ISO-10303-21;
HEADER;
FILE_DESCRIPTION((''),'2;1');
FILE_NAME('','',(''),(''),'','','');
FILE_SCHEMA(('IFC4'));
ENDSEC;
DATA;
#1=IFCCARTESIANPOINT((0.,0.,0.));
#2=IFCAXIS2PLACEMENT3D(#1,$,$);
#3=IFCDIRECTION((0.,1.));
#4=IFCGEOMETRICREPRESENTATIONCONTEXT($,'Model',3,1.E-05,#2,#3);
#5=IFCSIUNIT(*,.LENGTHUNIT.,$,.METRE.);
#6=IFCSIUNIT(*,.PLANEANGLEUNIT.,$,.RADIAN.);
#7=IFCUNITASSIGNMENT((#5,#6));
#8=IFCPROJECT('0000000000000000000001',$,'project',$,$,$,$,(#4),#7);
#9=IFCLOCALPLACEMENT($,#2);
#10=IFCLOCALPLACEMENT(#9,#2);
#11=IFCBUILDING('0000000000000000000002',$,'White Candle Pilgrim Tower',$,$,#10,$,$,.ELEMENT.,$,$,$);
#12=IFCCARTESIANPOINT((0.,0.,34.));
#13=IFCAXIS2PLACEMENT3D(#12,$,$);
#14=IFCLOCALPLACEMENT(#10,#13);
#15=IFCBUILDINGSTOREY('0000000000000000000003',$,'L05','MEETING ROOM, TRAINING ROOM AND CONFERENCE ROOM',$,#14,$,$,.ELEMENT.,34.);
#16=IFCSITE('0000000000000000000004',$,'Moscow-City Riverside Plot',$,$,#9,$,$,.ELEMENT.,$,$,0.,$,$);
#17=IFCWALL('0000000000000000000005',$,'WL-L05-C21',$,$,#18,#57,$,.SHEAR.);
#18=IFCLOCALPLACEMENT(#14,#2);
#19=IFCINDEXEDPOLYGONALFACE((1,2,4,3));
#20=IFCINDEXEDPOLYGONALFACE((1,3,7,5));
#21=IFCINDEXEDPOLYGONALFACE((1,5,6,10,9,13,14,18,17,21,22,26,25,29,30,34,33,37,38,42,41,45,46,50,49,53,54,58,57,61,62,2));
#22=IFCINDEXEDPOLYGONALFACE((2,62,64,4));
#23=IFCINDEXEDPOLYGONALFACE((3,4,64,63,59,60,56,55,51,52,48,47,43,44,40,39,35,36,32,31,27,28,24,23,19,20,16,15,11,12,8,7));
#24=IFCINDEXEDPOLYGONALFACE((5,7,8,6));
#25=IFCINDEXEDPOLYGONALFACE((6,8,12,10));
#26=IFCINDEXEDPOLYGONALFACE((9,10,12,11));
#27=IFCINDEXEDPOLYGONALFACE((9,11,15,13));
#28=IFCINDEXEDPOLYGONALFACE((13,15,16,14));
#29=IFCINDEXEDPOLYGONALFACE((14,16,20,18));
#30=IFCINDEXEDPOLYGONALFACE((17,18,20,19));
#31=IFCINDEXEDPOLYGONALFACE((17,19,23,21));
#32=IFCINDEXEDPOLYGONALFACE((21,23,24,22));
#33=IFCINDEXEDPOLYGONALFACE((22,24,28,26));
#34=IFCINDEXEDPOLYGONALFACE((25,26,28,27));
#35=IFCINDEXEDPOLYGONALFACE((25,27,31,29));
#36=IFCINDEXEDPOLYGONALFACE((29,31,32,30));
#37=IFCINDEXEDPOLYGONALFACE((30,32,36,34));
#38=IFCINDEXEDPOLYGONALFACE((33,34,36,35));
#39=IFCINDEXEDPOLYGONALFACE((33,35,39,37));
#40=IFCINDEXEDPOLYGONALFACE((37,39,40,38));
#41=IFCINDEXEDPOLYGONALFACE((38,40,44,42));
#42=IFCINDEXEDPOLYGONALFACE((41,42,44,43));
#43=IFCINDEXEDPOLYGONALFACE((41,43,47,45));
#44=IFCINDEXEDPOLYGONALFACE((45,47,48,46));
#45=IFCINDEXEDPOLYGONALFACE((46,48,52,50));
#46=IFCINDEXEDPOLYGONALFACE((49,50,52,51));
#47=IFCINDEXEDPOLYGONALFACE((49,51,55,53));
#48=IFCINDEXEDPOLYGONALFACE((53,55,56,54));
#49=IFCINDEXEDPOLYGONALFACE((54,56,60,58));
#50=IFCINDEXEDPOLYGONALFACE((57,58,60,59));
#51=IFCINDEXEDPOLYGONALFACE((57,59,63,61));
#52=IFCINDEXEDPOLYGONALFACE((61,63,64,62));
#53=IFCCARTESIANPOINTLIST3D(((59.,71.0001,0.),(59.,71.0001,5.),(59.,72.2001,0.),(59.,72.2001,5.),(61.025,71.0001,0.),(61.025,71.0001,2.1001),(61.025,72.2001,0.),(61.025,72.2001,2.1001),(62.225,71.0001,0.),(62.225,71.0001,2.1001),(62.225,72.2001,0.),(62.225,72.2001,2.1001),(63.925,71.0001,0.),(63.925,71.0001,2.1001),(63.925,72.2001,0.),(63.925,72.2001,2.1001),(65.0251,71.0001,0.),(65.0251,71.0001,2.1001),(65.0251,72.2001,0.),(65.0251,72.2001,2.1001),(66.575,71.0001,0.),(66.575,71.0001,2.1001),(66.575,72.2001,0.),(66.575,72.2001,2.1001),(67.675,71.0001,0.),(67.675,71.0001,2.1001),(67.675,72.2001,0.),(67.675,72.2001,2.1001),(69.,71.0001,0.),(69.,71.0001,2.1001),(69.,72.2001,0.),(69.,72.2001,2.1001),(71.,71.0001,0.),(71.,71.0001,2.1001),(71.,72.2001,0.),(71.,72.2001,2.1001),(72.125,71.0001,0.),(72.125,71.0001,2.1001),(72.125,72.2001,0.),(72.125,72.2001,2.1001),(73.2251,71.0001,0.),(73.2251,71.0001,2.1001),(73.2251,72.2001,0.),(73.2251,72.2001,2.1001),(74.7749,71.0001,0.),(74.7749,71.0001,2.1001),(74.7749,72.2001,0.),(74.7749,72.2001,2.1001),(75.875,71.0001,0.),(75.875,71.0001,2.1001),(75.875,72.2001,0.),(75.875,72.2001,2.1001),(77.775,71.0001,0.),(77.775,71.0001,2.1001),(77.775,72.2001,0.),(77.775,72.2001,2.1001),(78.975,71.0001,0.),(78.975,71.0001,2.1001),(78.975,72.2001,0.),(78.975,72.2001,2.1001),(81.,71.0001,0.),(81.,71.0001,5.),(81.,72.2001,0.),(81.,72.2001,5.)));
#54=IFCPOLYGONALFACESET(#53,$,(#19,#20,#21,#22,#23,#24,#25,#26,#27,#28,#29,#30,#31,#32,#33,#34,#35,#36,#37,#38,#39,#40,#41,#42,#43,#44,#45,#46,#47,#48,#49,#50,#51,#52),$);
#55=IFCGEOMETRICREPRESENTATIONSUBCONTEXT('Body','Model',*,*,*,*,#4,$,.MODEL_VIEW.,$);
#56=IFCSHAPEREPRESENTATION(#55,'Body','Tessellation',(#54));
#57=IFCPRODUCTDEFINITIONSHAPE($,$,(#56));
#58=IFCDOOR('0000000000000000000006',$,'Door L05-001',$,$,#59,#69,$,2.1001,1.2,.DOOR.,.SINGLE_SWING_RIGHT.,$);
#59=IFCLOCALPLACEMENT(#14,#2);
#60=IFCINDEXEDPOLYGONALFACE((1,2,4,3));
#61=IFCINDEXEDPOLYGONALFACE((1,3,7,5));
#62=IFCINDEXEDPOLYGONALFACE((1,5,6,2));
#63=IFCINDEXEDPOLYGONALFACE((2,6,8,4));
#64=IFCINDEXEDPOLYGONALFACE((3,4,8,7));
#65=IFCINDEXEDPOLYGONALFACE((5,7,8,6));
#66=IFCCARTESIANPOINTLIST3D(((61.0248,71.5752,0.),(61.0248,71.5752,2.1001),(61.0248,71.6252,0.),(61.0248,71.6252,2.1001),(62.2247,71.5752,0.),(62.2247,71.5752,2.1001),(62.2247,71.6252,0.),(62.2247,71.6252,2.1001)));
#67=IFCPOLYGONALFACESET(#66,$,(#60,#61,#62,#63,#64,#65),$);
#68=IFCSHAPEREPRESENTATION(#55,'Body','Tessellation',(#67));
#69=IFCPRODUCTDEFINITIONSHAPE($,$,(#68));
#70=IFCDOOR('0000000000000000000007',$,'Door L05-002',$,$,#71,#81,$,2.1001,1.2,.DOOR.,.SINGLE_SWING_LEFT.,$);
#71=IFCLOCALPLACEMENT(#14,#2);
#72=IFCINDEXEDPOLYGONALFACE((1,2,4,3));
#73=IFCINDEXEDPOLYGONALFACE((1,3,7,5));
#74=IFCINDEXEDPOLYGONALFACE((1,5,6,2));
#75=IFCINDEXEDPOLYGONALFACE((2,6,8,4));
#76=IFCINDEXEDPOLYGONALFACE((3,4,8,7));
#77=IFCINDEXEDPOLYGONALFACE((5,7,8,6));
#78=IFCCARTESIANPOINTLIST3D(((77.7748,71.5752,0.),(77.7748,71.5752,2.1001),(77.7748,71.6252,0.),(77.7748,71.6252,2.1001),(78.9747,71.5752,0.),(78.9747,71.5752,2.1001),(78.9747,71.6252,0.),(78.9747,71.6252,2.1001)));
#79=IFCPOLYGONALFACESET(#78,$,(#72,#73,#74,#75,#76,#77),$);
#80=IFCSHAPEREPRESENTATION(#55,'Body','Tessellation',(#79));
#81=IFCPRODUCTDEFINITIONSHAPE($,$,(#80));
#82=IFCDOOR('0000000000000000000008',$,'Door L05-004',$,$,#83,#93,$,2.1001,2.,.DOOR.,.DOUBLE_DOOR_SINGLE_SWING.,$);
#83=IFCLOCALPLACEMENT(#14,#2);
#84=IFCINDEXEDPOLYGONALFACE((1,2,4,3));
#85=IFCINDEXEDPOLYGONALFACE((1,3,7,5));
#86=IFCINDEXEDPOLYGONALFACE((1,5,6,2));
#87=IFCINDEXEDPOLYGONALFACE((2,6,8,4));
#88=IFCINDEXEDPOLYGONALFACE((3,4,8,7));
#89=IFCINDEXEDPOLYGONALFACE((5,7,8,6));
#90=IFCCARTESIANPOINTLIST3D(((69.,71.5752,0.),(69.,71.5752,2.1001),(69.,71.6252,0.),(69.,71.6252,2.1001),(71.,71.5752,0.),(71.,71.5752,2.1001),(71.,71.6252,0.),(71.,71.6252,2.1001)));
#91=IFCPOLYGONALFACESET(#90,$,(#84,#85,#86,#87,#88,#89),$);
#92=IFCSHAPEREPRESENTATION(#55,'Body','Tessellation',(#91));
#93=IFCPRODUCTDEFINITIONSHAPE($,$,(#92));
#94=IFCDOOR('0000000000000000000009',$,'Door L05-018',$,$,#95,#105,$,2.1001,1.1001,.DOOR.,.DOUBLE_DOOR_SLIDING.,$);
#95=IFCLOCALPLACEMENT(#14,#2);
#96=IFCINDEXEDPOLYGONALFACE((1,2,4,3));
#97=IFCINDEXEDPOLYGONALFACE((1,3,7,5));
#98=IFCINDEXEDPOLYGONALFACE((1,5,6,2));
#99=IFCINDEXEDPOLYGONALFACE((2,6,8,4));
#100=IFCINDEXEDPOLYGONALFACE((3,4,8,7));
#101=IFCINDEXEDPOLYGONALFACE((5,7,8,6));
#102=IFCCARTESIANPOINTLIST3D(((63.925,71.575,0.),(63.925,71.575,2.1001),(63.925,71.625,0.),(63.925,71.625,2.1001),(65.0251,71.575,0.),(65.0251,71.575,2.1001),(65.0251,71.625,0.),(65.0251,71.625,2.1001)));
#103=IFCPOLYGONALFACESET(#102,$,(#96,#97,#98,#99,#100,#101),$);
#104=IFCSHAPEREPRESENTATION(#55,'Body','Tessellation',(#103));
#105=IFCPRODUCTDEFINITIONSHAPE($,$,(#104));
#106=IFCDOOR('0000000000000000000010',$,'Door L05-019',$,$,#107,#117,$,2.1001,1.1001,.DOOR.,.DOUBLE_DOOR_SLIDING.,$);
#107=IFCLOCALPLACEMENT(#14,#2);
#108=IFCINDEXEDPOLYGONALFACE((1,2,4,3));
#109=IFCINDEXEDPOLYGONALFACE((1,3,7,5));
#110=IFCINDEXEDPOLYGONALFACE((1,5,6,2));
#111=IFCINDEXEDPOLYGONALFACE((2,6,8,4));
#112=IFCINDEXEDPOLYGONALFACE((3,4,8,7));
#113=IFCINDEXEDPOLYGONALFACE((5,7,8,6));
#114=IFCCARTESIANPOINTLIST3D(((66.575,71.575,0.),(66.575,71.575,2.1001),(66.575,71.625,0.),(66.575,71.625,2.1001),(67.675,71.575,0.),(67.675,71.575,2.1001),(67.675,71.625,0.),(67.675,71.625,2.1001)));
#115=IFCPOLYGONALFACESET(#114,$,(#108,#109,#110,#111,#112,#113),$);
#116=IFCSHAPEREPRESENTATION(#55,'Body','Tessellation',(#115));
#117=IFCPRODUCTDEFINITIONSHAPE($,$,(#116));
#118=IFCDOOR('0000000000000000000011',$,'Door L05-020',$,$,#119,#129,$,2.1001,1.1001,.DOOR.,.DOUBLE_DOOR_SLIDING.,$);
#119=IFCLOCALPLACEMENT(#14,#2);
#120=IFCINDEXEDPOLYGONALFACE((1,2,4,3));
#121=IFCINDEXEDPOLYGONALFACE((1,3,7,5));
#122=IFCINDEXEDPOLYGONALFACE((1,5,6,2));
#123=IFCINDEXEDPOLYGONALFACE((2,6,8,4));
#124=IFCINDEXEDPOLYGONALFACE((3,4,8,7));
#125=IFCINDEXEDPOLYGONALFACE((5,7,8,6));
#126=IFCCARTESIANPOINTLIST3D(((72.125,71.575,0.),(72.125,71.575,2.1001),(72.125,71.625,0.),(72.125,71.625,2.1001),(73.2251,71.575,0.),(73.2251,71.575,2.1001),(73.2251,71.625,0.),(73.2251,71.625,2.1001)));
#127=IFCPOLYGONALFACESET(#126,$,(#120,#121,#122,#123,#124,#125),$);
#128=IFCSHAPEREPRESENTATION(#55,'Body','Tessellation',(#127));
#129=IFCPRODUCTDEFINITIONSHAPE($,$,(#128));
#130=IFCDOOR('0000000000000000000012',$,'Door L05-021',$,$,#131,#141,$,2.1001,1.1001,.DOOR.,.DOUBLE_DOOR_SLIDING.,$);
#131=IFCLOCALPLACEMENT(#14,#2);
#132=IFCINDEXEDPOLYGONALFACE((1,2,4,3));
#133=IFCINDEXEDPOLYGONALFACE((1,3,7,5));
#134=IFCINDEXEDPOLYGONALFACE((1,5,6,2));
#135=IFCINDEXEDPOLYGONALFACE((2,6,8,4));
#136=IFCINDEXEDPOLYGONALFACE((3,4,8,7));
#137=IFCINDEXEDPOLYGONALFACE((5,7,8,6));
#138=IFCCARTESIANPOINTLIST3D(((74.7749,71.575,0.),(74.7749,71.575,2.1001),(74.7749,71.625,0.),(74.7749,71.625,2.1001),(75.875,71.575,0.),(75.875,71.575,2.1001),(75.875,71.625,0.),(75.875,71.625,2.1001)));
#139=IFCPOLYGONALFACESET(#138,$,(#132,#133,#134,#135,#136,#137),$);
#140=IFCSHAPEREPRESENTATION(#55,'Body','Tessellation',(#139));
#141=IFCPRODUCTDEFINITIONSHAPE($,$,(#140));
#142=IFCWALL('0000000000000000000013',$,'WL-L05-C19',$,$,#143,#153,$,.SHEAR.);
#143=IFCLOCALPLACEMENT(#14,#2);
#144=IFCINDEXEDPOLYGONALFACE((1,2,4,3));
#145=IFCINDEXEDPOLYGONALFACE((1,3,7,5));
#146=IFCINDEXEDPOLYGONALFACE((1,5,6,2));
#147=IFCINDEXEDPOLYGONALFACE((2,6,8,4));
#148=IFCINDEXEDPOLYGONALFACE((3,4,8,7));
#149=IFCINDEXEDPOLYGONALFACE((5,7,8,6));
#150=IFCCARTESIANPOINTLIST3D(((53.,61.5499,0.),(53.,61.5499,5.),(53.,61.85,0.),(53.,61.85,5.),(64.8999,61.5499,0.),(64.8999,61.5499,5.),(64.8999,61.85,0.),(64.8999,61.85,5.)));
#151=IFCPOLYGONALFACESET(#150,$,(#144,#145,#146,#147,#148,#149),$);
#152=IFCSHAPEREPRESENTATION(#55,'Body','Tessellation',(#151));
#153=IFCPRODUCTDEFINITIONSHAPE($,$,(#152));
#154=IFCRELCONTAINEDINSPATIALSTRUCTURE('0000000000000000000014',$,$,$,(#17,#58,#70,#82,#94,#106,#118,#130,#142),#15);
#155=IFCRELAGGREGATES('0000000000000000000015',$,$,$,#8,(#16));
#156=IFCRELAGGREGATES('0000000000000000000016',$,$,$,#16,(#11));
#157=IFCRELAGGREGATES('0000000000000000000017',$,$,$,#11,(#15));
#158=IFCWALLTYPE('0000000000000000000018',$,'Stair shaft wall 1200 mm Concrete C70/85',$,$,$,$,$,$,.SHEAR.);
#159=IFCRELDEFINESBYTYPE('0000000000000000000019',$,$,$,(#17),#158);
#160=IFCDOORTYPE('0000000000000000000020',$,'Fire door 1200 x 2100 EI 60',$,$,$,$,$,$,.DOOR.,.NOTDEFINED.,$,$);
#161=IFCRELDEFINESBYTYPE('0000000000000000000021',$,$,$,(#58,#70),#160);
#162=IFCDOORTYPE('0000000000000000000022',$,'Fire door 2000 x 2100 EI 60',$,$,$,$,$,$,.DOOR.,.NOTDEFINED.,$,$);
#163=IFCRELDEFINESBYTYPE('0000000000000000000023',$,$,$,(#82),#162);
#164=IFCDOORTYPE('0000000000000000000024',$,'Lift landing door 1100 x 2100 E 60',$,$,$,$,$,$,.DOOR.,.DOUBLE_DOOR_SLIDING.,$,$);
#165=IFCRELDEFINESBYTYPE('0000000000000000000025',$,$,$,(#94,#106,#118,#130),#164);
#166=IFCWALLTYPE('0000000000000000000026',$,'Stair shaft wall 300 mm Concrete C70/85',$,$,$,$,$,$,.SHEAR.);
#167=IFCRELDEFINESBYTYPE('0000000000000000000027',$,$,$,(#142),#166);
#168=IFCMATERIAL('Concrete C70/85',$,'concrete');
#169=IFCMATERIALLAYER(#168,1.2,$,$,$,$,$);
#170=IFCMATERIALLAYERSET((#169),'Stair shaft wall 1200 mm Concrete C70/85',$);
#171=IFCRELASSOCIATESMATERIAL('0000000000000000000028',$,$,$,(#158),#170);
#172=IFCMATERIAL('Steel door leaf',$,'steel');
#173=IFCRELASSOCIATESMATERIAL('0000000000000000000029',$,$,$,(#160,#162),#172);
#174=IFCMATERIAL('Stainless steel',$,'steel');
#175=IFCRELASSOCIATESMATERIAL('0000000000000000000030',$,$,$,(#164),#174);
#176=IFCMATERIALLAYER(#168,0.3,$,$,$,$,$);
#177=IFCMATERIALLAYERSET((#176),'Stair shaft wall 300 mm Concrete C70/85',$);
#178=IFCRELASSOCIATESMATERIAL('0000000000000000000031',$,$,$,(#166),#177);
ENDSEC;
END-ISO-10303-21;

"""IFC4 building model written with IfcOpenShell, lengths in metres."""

from ifc_helpers import new_model, si_unit, direction, frame, frame_2d, origin, place, context, subcontext, project, spatial, rectangle, extrude, material, layer, layer_set, type_object, element, fill, save


model = new_model("IFC4")

# Units and contexts
model_context = context("Model", 3, precision=1e-05, world=origin(), true_north=direction((0.0, 1.0)))
body_context = subcontext(model_context, "Body", "Model", "MODEL_VIEW")
ifc_project = project(units=[si_unit("LENGTHUNIT", "METRE"), si_unit("PLANEANGLEUNIT", "RADIAN")], contexts=[model_context])

# Site, building, storey
site_placement = place(None, origin())
site = spatial("IfcSite", under=ifc_project, at=site_placement, Name="Moscow-City Riverside Plot", CompositionType="ELEMENT", RefElevation=0.0)
building_placement = place(site_placement, origin())
building = spatial("IfcBuilding", under=site, at=building_placement, Name="White Candle Pilgrim Tower", CompositionType="ELEMENT")
storey_placement = place(building_placement, frame((0.0, 0.0, 34.0)))
storey = spatial("IfcBuildingStorey", under=building, at=storey_placement, Name="L05", Description="MEETING ROOM, TRAINING ROOM AND CONFERENCE ROOM", CompositionType="ELEMENT", Elevation=34.0)

# Wall, openings, doors
ifc_material_1 = material(Name="Concrete C70/85", Category="concrete")
ifc_layer_1 = layer(ifc_material_1, 1.2)
ifc_layer_set_1 = layer_set([ifc_layer_1], Name="Stair shaft wall 1200 mm Concrete C70/85")
wall_type_1 = type_object("IfcWallType", Name="Stair shaft wall 1200 mm Concrete C70/85", PredefinedType="SHEAR", material=ifc_layer_set_1)
wall_1_placement = place(storey_placement, frame((59.0, 71.6001, 0.0), z_axis=(0.0, 0.0, 1.0), x_axis=(1.0, 0.0, 0.0)))
wall_1 = element("IfcWall", 1, at=wall_1_placement, inside=storey, type_object=wall_type_1, Name="WL-L05-C21", PredefinedType="SHEAR", context=body_context, shape_type="SweptSolid", body=[
    extrude(rectangle(XDim=22.0, YDim=1.2, at=frame_2d((11.0, 0.0))), origin(), (0.0, 0.0, 1.0), 5.0),
])
opening_1_placement = place(wall_1_placement, frame((2.0249, 0.0, 0.0)))
opening_1 = element("IfcOpeningElement", 2, at=opening_1_placement, cuts=wall_1, PredefinedType="OPENING", context=body_context, shape_type="SweptSolid", body=[
    extrude(rectangle(XDim=1.2, YDim=2.1001, at=frame_2d((0.6001, 1.05))), frame((0.0, 0.6099, 0.0), z_axis=(0.0, -1.0, 0.0), x_axis=(1.0, 0.0, 0.0)), (0.0, 0.0, 1.0), 1.22),
])
opening_2_placement = place(wall_1_placement, frame((18.7749, 0.0, 0.0)))
opening_2 = element("IfcOpeningElement", 3, at=opening_2_placement, cuts=wall_1, PredefinedType="OPENING", context=body_context, shape_type="SweptSolid", body=[
    extrude(rectangle(XDim=1.2, YDim=2.1001, at=frame_2d((0.6001, 1.05))), frame((0.0, 0.6099, 0.0), z_axis=(0.0, -1.0, 0.0), x_axis=(1.0, 0.0, 0.0)), (0.0, 0.0, 1.0), 1.22),
])
opening_3_placement = place(wall_1_placement, frame((10.0, 0.0, 0.0)))
opening_3 = element("IfcOpeningElement", 4, at=opening_3_placement, cuts=wall_1, PredefinedType="OPENING", context=body_context, shape_type="SweptSolid", body=[
    extrude(rectangle(XDim=2.0, YDim=2.1001, at=frame_2d((1.0, 1.05))), frame((0.0, 0.6099, 0.0), z_axis=(0.0, -1.0, 0.0), x_axis=(1.0, 0.0, 0.0)), (0.0, 0.0, 1.0), 1.22),
])
opening_4_placement = place(wall_1_placement, frame((4.925, 0.0, 0.0)))
opening_4 = element("IfcOpeningElement", 5, at=opening_4_placement, cuts=wall_1, PredefinedType="OPENING", context=body_context, shape_type="SweptSolid", body=[
    extrude(rectangle(XDim=1.1001, YDim=2.1001, at=frame_2d((0.55, 1.05))), frame((0.0, 0.6099, 0.0), z_axis=(0.0, -1.0, 0.0), x_axis=(1.0, 0.0, 0.0)), (0.0, 0.0, 1.0), 1.22),
])
opening_5_placement = place(wall_1_placement, frame((7.575, 0.0, 0.0)))
opening_5 = element("IfcOpeningElement", 6, at=opening_5_placement, cuts=wall_1, PredefinedType="OPENING", context=body_context, shape_type="SweptSolid", body=[
    extrude(rectangle(XDim=1.1001, YDim=2.1001, at=frame_2d((0.55, 1.05))), frame((0.0, 0.6099, 0.0), z_axis=(0.0, -1.0, 0.0), x_axis=(1.0, 0.0, 0.0)), (0.0, 0.0, 1.0), 1.22),
])
opening_6_placement = place(wall_1_placement, frame((13.125, 0.0, 0.0)))
opening_6 = element("IfcOpeningElement", 7, at=opening_6_placement, cuts=wall_1, PredefinedType="OPENING", context=body_context, shape_type="SweptSolid", body=[
    extrude(rectangle(XDim=1.1001, YDim=2.1001, at=frame_2d((0.55, 1.05))), frame((0.0, 0.6099, 0.0), z_axis=(0.0, -1.0, 0.0), x_axis=(1.0, 0.0, 0.0)), (0.0, 0.0, 1.0), 1.22),
])
opening_7_placement = place(wall_1_placement, frame((15.7749, 0.0, 0.0)))
opening_7 = element("IfcOpeningElement", 8, at=opening_7_placement, cuts=wall_1, PredefinedType="OPENING", context=body_context, shape_type="SweptSolid", body=[
    extrude(rectangle(XDim=1.1001, YDim=2.1001, at=frame_2d((0.55, 1.05))), frame((0.0, 0.6099, 0.0), z_axis=(0.0, -1.0, 0.0), x_axis=(1.0, 0.0, 0.0)), (0.0, 0.0, 1.0), 1.22),
])
ifc_material_2 = material(Name="Steel door leaf", Category="steel")
door_type_1 = type_object("IfcDoorType", Name="Fire door 1200 x 2100 EI 60", OperationType="NOTDEFINED", PredefinedType="DOOR", material=ifc_material_2)
door_1_placement = place(opening_1_placement, frame((1.2, 0.0, 0.0), z_axis=(0.0, 0.0, 1.0), x_axis=(-1.0, 0.0, 0.0)))
door_1 = element("IfcDoor", 9, at=door_1_placement, inside=storey, type_object=door_type_1, Name="Door L05-001", OperationType="SINGLE_SWING_RIGHT", OverallHeight=2.1001, OverallWidth=1.2, PredefinedType="DOOR", context=body_context, shape_type="SweptSolid", body=[
    extrude(rectangle(XDim=1.2, YDim=2.1001, at=frame_2d((0.6001, 1.05))), frame((0.0, 0.0249, 0.0), z_axis=(0.0, -1.0, 0.0), x_axis=(1.0, 0.0, 0.0)), (0.0, 0.0, 1.0), 0.05),
])
fill(opening_1, door_1)
door_2_placement = place(opening_2_placement, frame((1.2, 0.0, 0.0), z_axis=(0.0, 0.0, 1.0), x_axis=(-1.0, 0.0, 0.0)))
door_2 = element("IfcDoor", 10, at=door_2_placement, inside=storey, type_object=door_type_1, Name="Door L05-002", OperationType="SINGLE_SWING_LEFT", OverallHeight=2.1001, OverallWidth=1.2, PredefinedType="DOOR", context=body_context, shape_type="SweptSolid", body=[
    extrude(rectangle(XDim=1.2, YDim=2.1001, at=frame_2d((0.6001, 1.05))), frame((0.0, 0.0249, 0.0), z_axis=(0.0, -1.0, 0.0), x_axis=(1.0, 0.0, 0.0)), (0.0, 0.0, 1.0), 0.05),
])
fill(opening_2, door_2)
door_type_2 = type_object("IfcDoorType", Name="Fire door 2000 x 2100 EI 60", OperationType="NOTDEFINED", PredefinedType="DOOR", material=ifc_material_2)
door_3_placement = place(opening_3_placement, frame((2.0, 0.0, 0.0), z_axis=(0.0, 0.0, 1.0), x_axis=(-1.0, 0.0, 0.0)))
door_3 = element("IfcDoor", 11, at=door_3_placement, inside=storey, type_object=door_type_2, Name="Door L05-004", OperationType="DOUBLE_DOOR_SINGLE_SWING", OverallHeight=2.1001, OverallWidth=2.0, PredefinedType="DOOR", context=body_context, shape_type="SweptSolid", body=[
    extrude(rectangle(XDim=2.0, YDim=2.1001, at=frame_2d((1.0, 1.05))), frame((0.0, 0.0249, 0.0), z_axis=(0.0, -1.0, 0.0), x_axis=(1.0, 0.0, 0.0)), (0.0, 0.0, 1.0), 0.05),
])
fill(opening_3, door_3)
ifc_material_3 = material(Name="Stainless steel", Category="steel")
door_type_3 = type_object("IfcDoorType", Name="Lift landing door 1100 x 2100 E 60", OperationType="DOUBLE_DOOR_SLIDING", PredefinedType="DOOR", material=ifc_material_3)
door_4_placement = place(opening_4_placement, origin())
door_4 = element("IfcDoor", 12, at=door_4_placement, inside=storey, type_object=door_type_3, Name="Door L05-018", OperationType="DOUBLE_DOOR_SLIDING", OverallHeight=2.1001, OverallWidth=1.1001, PredefinedType="DOOR", context=body_context, shape_type="SweptSolid", body=[
    extrude(rectangle(XDim=1.1001, YDim=2.1001, at=frame_2d((0.55, 1.05))), frame((0.0, 0.0249, 0.0), z_axis=(0.0, -1.0, 0.0), x_axis=(1.0, 0.0, 0.0)), (0.0, 0.0, 1.0), 0.05),
])
fill(opening_4, door_4)
door_5_placement = place(opening_5_placement, origin())
door_5 = element("IfcDoor", 13, at=door_5_placement, inside=storey, type_object=door_type_3, Name="Door L05-019", OperationType="DOUBLE_DOOR_SLIDING", OverallHeight=2.1001, OverallWidth=1.1001, PredefinedType="DOOR", context=body_context, shape_type="SweptSolid", body=[
    extrude(rectangle(XDim=1.1001, YDim=2.1001, at=frame_2d((0.55, 1.05))), frame((0.0, 0.0249, 0.0), z_axis=(0.0, -1.0, 0.0), x_axis=(1.0, 0.0, 0.0)), (0.0, 0.0, 1.0), 0.05),
])
fill(opening_5, door_5)
door_6_placement = place(opening_6_placement, origin())
door_6 = element("IfcDoor", 14, at=door_6_placement, inside=storey, type_object=door_type_3, Name="Door L05-020", OperationType="DOUBLE_DOOR_SLIDING", OverallHeight=2.1001, OverallWidth=1.1001, PredefinedType="DOOR", context=body_context, shape_type="SweptSolid", body=[
    extrude(rectangle(XDim=1.1001, YDim=2.1001, at=frame_2d((0.55, 1.05))), frame((0.0, 0.0249, 0.0), z_axis=(0.0, -1.0, 0.0), x_axis=(1.0, 0.0, 0.0)), (0.0, 0.0, 1.0), 0.05),
])
fill(opening_6, door_6)
door_7_placement = place(opening_7_placement, origin())
door_7 = element("IfcDoor", 15, at=door_7_placement, inside=storey, type_object=door_type_3, Name="Door L05-021", OperationType="DOUBLE_DOOR_SLIDING", OverallHeight=2.1001, OverallWidth=1.1001, PredefinedType="DOOR", context=body_context, shape_type="SweptSolid", body=[
    extrude(rectangle(XDim=1.1001, YDim=2.1001, at=frame_2d((0.55, 1.05))), frame((0.0, 0.0249, 0.0), z_axis=(0.0, -1.0, 0.0), x_axis=(1.0, 0.0, 0.0)), (0.0, 0.0, 1.0), 0.05),
])
fill(opening_7, door_7)

# Wall
ifc_layer_2 = layer(ifc_material_1, 0.3)
ifc_layer_set_2 = layer_set([ifc_layer_2], Name="Stair shaft wall 300 mm Concrete C70/85")
wall_type_2 = type_object("IfcWallType", Name="Stair shaft wall 300 mm Concrete C70/85", PredefinedType="SHEAR", material=ifc_layer_set_2)
wall_2_placement = place(storey_placement, frame((53.0, 61.7, 0.0), z_axis=(0.0, 0.0, 1.0), x_axis=(1.0, 0.0, 0.0)))
element("IfcWall", 16, at=wall_2_placement, inside=storey, type_object=wall_type_2, Name="WL-L05-C19", PredefinedType="SHEAR", context=body_context, shape_type="SweptSolid", body=[
    extrude(rectangle(XDim=11.8999, YDim=0.3, at=frame_2d((5.95, 0.0))), origin(), (0.0, 0.0, 1.0), 5.0),
])

save(model, "model.ifc")
